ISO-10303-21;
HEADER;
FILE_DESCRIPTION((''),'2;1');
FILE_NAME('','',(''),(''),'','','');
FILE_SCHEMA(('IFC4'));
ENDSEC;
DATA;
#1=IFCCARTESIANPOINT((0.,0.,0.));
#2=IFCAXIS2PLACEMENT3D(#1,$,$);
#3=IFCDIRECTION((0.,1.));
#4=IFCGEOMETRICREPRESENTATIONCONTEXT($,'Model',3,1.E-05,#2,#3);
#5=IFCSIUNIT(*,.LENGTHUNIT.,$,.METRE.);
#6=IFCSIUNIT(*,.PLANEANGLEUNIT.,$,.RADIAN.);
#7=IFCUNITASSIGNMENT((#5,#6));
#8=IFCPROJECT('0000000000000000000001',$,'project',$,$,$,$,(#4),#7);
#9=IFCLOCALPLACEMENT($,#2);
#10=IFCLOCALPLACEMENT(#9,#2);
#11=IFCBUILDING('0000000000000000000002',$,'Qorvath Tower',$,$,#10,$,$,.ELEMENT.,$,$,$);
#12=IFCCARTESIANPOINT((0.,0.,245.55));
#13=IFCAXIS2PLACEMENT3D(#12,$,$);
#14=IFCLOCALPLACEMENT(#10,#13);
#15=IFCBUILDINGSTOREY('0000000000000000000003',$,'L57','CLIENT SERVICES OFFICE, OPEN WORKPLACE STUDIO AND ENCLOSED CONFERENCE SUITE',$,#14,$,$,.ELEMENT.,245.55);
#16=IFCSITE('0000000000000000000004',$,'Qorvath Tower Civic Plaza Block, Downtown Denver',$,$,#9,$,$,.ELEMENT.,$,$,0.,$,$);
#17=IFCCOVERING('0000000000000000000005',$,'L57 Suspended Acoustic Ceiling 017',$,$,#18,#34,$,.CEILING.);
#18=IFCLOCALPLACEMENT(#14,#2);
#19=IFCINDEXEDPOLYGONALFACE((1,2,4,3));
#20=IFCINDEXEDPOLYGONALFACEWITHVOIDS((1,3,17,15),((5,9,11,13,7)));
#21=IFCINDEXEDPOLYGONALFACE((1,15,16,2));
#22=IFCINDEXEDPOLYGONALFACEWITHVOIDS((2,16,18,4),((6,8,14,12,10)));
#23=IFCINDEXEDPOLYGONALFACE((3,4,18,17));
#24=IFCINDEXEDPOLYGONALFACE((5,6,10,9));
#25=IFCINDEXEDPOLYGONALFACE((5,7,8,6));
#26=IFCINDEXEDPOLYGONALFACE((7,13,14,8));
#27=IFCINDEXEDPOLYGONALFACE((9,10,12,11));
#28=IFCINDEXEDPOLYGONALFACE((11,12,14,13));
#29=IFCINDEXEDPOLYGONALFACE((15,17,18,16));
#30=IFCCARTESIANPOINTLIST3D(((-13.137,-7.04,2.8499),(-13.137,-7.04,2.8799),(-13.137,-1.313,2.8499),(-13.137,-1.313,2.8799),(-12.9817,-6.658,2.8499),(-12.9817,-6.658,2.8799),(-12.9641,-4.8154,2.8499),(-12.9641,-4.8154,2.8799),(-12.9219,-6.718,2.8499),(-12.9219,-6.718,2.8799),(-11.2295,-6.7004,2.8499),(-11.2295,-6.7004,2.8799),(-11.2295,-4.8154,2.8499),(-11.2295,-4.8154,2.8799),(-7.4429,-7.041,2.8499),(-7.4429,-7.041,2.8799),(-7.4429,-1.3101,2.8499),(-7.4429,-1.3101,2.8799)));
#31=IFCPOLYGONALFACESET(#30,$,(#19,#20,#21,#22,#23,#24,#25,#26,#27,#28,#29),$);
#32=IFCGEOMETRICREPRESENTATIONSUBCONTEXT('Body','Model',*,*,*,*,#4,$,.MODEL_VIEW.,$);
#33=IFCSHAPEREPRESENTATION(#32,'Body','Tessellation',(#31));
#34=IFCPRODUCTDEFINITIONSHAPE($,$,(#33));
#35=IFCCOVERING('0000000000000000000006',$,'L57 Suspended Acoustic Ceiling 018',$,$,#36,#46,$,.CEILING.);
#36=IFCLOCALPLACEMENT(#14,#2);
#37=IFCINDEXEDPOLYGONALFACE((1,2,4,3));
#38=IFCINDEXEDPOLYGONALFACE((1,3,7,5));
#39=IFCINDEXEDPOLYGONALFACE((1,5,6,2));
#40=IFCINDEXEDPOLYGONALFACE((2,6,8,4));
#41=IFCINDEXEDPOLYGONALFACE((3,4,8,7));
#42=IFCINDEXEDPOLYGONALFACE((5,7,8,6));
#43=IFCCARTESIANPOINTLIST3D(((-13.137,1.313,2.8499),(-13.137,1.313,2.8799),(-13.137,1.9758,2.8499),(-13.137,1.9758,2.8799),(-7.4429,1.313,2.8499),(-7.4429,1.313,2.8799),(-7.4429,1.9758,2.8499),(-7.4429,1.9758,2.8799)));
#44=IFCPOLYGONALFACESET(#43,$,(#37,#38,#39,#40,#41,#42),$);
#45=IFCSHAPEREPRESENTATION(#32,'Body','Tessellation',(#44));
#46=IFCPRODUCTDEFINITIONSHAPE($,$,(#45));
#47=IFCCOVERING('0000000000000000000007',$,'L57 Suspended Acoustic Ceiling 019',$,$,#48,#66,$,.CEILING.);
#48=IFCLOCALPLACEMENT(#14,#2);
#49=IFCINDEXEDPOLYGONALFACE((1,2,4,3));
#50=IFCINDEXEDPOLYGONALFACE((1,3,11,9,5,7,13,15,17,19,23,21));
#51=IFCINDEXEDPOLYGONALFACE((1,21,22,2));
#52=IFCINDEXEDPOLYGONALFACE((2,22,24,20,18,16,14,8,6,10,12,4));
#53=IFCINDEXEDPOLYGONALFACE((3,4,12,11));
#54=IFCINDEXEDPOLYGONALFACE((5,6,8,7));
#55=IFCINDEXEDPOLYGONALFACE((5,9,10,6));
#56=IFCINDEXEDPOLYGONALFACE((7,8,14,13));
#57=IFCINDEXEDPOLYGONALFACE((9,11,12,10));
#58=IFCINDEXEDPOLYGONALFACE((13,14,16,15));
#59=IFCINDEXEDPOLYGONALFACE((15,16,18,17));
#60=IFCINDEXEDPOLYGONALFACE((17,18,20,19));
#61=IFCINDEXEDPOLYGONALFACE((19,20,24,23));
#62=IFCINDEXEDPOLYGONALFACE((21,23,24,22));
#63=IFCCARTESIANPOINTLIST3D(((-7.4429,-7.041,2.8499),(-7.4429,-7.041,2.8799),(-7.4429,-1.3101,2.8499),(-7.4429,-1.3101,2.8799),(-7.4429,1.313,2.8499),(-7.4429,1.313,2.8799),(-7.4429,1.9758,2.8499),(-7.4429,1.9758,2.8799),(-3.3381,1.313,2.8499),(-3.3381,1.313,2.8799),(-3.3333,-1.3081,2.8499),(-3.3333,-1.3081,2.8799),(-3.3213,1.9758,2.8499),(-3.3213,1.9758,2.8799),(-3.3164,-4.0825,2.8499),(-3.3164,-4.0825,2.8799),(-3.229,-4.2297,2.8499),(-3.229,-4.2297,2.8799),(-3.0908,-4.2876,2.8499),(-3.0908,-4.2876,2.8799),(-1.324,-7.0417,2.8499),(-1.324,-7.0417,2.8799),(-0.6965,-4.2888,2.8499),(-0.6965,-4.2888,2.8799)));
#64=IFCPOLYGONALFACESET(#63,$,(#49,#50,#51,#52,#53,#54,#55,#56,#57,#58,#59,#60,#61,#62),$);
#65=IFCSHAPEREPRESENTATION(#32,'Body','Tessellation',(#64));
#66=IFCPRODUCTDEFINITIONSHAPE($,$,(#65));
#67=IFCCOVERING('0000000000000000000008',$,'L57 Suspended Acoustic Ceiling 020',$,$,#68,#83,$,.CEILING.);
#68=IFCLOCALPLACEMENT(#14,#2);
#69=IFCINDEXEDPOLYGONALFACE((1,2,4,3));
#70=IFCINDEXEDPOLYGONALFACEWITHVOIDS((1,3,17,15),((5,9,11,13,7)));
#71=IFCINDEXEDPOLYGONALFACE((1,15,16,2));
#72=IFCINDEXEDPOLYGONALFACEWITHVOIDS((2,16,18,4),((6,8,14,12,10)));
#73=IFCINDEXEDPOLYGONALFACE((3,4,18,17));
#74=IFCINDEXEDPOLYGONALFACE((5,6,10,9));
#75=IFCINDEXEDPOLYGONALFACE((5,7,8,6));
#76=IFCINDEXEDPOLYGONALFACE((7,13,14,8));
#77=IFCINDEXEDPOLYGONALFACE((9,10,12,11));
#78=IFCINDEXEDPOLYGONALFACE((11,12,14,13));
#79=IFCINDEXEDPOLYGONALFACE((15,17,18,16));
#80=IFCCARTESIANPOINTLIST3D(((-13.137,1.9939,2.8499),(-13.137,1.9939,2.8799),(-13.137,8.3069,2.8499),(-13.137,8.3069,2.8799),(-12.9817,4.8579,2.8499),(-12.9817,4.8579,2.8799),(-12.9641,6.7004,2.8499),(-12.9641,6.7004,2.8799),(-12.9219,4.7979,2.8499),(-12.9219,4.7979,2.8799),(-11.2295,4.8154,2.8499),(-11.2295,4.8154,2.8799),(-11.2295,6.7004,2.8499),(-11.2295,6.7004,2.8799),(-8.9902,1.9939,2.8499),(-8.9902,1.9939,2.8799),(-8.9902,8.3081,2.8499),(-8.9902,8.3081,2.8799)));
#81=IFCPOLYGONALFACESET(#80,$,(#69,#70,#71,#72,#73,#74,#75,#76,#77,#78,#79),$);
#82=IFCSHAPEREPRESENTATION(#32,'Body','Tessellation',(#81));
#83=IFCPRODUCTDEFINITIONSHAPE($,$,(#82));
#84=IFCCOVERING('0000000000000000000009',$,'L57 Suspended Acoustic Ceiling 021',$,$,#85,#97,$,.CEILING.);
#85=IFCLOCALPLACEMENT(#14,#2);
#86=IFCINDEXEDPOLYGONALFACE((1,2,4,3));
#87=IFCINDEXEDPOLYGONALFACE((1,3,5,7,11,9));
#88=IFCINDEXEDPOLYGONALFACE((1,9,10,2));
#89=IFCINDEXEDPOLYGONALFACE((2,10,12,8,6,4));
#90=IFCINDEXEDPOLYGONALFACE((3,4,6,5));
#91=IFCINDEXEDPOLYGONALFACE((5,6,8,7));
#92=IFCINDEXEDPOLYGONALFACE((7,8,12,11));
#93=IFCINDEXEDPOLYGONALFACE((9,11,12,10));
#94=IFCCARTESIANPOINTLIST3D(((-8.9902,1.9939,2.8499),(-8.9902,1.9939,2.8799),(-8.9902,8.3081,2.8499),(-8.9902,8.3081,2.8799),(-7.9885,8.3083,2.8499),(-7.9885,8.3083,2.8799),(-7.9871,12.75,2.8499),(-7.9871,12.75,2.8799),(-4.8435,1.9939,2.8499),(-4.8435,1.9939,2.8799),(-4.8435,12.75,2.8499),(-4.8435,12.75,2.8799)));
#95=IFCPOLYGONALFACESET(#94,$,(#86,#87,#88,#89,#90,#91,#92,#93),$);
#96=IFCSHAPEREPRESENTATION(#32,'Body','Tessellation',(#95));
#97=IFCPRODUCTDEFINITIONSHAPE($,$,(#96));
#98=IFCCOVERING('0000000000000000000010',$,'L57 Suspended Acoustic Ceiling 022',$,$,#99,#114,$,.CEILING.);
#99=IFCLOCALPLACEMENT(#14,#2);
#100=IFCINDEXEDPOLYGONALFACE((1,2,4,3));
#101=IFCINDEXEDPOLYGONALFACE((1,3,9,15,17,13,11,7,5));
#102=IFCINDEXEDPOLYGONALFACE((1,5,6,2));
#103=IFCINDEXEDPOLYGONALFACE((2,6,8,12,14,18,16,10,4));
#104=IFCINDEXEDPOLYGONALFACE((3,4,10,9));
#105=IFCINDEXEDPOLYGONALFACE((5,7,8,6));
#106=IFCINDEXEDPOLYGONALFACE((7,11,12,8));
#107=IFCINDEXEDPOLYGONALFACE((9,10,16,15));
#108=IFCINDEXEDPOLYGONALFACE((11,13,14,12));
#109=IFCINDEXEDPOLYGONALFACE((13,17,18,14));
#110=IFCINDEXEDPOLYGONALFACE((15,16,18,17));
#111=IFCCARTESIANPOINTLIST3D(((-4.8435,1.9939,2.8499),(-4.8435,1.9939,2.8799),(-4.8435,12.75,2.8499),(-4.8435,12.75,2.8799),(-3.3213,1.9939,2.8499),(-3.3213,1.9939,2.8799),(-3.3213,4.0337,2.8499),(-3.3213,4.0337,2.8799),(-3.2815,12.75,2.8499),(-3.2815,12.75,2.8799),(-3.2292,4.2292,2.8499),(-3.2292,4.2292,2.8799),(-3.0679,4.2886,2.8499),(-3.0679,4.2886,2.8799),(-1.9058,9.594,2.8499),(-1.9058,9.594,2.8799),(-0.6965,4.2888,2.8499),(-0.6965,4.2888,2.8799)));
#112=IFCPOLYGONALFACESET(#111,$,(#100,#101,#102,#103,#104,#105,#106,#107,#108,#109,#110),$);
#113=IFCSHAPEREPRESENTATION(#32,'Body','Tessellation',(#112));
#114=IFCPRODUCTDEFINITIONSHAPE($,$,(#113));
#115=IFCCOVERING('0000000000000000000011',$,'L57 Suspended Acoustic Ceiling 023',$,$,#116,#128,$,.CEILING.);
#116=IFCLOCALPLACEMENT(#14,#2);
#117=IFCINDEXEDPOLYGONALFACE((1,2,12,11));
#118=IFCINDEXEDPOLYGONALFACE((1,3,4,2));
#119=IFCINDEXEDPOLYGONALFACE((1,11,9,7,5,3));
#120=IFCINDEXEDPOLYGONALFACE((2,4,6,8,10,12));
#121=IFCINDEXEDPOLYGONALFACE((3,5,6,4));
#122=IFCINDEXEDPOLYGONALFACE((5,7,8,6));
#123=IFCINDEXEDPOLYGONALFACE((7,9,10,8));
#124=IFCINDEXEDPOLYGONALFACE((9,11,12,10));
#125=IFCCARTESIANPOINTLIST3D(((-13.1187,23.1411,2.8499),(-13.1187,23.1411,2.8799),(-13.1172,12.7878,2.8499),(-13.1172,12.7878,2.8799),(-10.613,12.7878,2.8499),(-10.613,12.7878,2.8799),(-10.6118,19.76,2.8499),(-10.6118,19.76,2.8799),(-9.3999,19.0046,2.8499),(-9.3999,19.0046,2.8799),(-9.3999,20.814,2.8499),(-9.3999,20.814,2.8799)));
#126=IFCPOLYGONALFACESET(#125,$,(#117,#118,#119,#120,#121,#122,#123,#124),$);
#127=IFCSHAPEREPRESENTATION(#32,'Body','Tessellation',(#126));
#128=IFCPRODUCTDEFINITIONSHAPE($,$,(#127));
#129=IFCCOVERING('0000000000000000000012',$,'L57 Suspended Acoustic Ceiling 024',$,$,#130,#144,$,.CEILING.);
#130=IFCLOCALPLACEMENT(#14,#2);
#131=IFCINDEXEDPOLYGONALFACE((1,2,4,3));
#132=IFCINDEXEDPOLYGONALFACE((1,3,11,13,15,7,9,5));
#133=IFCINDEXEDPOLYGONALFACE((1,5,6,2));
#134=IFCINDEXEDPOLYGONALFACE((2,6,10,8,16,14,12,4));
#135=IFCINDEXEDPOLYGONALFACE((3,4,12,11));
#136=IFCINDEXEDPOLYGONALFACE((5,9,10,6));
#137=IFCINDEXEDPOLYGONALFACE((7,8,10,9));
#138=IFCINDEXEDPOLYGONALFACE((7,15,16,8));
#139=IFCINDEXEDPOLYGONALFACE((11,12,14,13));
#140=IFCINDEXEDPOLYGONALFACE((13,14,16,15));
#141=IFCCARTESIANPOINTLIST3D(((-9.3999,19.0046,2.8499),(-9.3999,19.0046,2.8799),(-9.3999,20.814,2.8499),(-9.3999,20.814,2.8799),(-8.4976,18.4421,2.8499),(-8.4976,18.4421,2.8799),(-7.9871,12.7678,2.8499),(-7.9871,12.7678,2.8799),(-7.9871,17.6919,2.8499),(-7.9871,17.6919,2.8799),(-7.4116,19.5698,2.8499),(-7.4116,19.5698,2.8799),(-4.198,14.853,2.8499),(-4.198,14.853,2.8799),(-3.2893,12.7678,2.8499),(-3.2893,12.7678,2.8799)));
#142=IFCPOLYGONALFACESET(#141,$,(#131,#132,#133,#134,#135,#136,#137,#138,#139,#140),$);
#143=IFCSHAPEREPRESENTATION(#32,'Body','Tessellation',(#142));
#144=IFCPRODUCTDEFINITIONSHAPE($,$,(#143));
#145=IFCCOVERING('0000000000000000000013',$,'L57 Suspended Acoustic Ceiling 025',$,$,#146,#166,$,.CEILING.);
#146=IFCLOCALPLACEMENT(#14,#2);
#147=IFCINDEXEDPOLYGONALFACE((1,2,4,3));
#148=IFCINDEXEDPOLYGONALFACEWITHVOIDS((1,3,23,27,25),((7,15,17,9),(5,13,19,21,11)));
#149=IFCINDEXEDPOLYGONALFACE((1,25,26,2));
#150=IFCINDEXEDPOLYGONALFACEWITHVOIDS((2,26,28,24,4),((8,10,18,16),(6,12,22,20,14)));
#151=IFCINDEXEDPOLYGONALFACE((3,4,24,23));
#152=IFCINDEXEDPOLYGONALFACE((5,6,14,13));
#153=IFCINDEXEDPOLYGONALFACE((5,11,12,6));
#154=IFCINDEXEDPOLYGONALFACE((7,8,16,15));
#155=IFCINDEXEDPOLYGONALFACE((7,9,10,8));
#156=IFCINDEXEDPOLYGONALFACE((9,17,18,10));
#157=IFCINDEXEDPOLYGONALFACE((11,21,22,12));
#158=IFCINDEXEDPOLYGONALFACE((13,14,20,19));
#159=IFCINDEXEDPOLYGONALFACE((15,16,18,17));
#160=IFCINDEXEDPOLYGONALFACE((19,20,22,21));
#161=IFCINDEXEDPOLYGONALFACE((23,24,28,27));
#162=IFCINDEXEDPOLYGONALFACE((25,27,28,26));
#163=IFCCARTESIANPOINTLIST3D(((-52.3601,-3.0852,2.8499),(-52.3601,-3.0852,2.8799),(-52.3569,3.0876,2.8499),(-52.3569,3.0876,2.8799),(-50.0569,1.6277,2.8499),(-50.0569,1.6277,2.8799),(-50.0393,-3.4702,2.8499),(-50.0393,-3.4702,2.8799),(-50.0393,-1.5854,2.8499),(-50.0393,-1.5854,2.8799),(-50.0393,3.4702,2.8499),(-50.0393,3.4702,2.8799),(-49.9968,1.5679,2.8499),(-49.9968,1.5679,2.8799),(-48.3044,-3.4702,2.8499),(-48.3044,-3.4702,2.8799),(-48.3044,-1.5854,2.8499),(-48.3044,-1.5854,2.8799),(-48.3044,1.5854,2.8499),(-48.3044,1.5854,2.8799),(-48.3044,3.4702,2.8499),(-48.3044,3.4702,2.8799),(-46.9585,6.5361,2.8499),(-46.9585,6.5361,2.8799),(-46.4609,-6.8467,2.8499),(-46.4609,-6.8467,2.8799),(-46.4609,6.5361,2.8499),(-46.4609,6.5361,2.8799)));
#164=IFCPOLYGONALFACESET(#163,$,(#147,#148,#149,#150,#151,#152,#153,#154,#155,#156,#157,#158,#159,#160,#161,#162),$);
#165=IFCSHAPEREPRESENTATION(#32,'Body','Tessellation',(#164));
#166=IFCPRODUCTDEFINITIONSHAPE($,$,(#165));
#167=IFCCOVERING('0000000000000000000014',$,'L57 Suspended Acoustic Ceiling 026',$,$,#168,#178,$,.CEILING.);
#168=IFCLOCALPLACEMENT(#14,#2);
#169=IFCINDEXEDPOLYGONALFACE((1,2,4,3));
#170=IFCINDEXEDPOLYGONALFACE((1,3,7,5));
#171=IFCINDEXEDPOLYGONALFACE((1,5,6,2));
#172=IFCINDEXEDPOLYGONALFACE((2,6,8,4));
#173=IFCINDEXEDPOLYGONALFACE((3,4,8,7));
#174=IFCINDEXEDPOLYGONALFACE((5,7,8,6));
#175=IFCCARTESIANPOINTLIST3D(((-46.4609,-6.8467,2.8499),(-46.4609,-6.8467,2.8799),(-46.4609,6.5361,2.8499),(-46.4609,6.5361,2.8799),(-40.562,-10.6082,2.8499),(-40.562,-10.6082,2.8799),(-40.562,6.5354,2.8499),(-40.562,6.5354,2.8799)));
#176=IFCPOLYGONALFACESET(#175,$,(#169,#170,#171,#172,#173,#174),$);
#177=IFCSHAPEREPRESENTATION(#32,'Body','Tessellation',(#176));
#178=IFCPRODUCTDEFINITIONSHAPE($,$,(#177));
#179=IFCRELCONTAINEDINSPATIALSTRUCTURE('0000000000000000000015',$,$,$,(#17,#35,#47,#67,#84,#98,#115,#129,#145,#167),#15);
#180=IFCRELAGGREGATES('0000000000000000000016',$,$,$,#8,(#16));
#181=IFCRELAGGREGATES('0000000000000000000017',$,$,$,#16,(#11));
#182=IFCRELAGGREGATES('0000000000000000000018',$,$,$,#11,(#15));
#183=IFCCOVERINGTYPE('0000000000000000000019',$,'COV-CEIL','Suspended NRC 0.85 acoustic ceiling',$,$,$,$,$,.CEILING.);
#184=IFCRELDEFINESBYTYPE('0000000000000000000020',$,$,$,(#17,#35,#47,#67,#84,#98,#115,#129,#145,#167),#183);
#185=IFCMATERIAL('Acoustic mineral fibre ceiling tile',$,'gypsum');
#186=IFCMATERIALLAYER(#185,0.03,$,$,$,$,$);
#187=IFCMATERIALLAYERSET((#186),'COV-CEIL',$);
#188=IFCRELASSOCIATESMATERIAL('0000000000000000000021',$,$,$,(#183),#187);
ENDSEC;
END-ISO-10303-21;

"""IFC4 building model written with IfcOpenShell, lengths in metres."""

from ifc_helpers import new_model, si_unit, direction, frame, origin, place, context, subcontext, project, spatial, polyline, outline, extrude, material, layer, layer_set, type_object, element, save


model = new_model("IFC4")

# Units and contexts
model_context = context("Model", 3, precision=1e-05, world=origin(), true_north=direction((0.0, 1.0)))
body_context = subcontext(model_context, "Body", "Model", "MODEL_VIEW")
ifc_project = project(units=[si_unit("LENGTHUNIT", "METRE"), si_unit("PLANEANGLEUNIT", "RADIAN")], contexts=[model_context])

# Site, building, storey
site_placement = place(None, origin())
site = spatial("IfcSite", under=ifc_project, at=site_placement, Name="Qorvath Tower Civic Plaza Block, Downtown Denver", CompositionType="ELEMENT", RefElevation=0.0)
building_placement = place(site_placement, origin())
building = spatial("IfcBuilding", under=site, at=building_placement, Name="Qorvath Tower", CompositionType="ELEMENT")
storey_placement = place(building_placement, frame((0.0, 0.0, 245.55)))
storey = spatial("IfcBuildingStorey", under=building, at=storey_placement, Name="L57", Description="CLIENT SERVICES OFFICE, OPEN WORKPLACE STUDIO AND ENCLOSED CONFERENCE SUITE", CompositionType="ELEMENT", Elevation=245.55)

# Coverings
ifc_material_1 = material(Name="Acoustic mineral fibre ceiling tile", Category="gypsum")
ifc_layer_1 = layer(ifc_material_1, 0.03)
ifc_layer_set_1 = layer_set([ifc_layer_1], Name="COV-CEIL")
covering_type_1 = type_object("IfcCoveringType", Name="COV-CEIL", Description="Suspended NRC 0.85 acoustic ceiling", PredefinedType="CEILING", material=ifc_layer_set_1)
covering_1_placement = place(storey_placement, frame((0.0, 0.0, 2.8499)))
element("IfcCovering", 1, at=covering_1_placement, inside=storey, type_object=covering_type_1, Name="L57 Suspended Acoustic Ceiling 017", PredefinedType="CEILING", context=body_context, shape_type="SweptSolid", body=[
    extrude(outline(polyline([(-7.4429, -7.041), (-7.4429, -1.3101), (-13.137, -1.313), (-13.137, -7.04), (-7.4429, -7.041)]), holes=[polyline([(-12.9817, -6.658), (-12.9641, -4.8154), (-11.2295, -4.8154), (-11.2295, -6.7004), (-12.9219, -6.718), (-12.9817, -6.658)])]), origin(), (0.0, 0.0, 1.0), 0.03),
])
covering_2_placement = place(storey_placement, frame((0.0, 0.0, 2.8499)))
element("IfcCovering", 2, at=covering_2_placement, inside=storey, type_object=covering_type_1, Name="L57 Suspended Acoustic Ceiling 018", PredefinedType="CEILING", context=body_context, shape_type="SweptSolid", body=[
    extrude(outline(polyline([(-7.4429, 1.313), (-7.4429, 1.9758), (-13.137, 1.9758), (-13.137, 1.313), (-7.4429, 1.313)])), origin(), (0.0, 0.0, 1.0), 0.03),
])
covering_3_placement = place(storey_placement, frame((0.0, 0.0, 2.8499)))
element("IfcCovering", 3, at=covering_3_placement, inside=storey, type_object=covering_type_1, Name="L57 Suspended Acoustic Ceiling 019", PredefinedType="CEILING", context=body_context, shape_type="SweptSolid", body=[
    extrude(outline(polyline([(-3.229, -4.2297), (-3.3164, -4.0825), (-3.3213, 1.9758), (-7.4429, 1.9758), (-7.4429, 1.313), (-3.3381, 1.313), (-3.3333, -1.3081), (-7.4429, -1.3101), (-7.4429, -7.041), (-1.324, -7.0417), (-0.6965, -4.2888), (-3.0908, -4.2876), (-3.229, -4.2297)])), origin(), (0.0, 0.0, 1.0), 0.03),
])
covering_4_placement = place(storey_placement, frame((0.0, 0.0, 2.8499)))
element("IfcCovering", 4, at=covering_4_placement, inside=storey, type_object=covering_type_1, Name="L57 Suspended Acoustic Ceiling 020", PredefinedType="CEILING", context=body_context, shape_type="SweptSolid", body=[
    extrude(outline(polyline([(-8.9902, 1.9939), (-8.9902, 8.3081), (-13.137, 8.3069), (-13.137, 1.9939), (-8.9902, 1.9939)]), holes=[polyline([(-12.9817, 4.8579), (-12.9641, 6.7004), (-11.2295, 6.7004), (-11.2295, 4.8154), (-12.9219, 4.7979), (-12.9817, 4.8579)])]), origin(), (0.0, 0.0, 1.0), 0.03),
])
covering_5_placement = place(storey_placement, frame((0.0, 0.0, 2.8499)))
element("IfcCovering", 5, at=covering_5_placement, inside=storey, type_object=covering_type_1, Name="L57 Suspended Acoustic Ceiling 021", PredefinedType="CEILING", context=body_context, shape_type="SweptSolid", body=[
    extrude(outline(polyline([(-4.8435, 1.9939), (-4.8435, 12.75), (-7.9871, 12.75), (-7.9885, 8.3083), (-8.9902, 8.3081), (-8.9902, 1.9939), (-4.8435, 1.9939)])), origin(), (0.0, 0.0, 1.0), 0.03),
])
covering_6_placement = place(storey_placement, frame((0.0, 0.0, 2.8499)))
element("IfcCovering", 6, at=covering_6_placement, inside=storey, type_object=covering_type_1, Name="L57 Suspended Acoustic Ceiling 022", PredefinedType="CEILING", context=body_context, shape_type="SweptSolid", body=[
    extrude(outline(polyline([(-3.0679, 4.2886), (-0.6965, 4.2888), (-1.9058, 9.594), (-3.2815, 12.75), (-4.8435, 12.75), (-4.8435, 1.9939), (-3.3213, 1.9939), (-3.3213, 4.0337), (-3.2292, 4.2292), (-3.0679, 4.2886)])), origin(), (0.0, 0.0, 1.0), 0.03),
])
covering_7_placement = place(storey_placement, frame((0.0, 0.0, 2.8499)))
element("IfcCovering", 7, at=covering_7_placement, inside=storey, type_object=covering_type_1, Name="L57 Suspended Acoustic Ceiling 023", PredefinedType="CEILING", context=body_context, shape_type="SweptSolid", body=[
    extrude(outline(polyline([(-9.3999, 19.0046), (-9.3999, 20.814), (-13.1187, 23.1411), (-13.1172, 12.7878), (-10.613, 12.7878), (-10.6118, 19.76), (-9.3999, 19.0046)])), origin(), (0.0, 0.0, 1.0), 0.03),
])
covering_8_placement = place(storey_placement, frame((0.0, 0.0, 2.8499)))
element("IfcCovering", 8, at=covering_8_placement, inside=storey, type_object=covering_type_1, Name="L57 Suspended Acoustic Ceiling 024", PredefinedType="CEILING", context=body_context, shape_type="SweptSolid", body=[
    extrude(outline(polyline([(-7.9871, 17.6919), (-7.9871, 12.7678), (-3.2893, 12.7678), (-4.198, 14.853), (-7.4116, 19.5698), (-9.3999, 20.814), (-9.3999, 19.0046), (-8.4976, 18.4421), (-7.9871, 17.6919)])), origin(), (0.0, 0.0, 1.0), 0.03),
])
covering_9_placement = place(storey_placement, frame((0.0, 0.0, 2.8499)))
element("IfcCovering", 9, at=covering_9_placement, inside=storey, type_object=covering_type_1, Name="L57 Suspended Acoustic Ceiling 025", PredefinedType="CEILING", context=body_context, shape_type="SweptSolid", body=[
    extrude(outline(polyline([(-52.3569, 3.0876), (-52.3601, -3.0852), (-46.4609, -6.8467), (-46.4609, 6.5361), (-46.9585, 6.5361), (-52.3569, 3.0876)]), holes=[polyline([(-50.0569, 1.6277), (-50.0393, 3.4702), (-48.3044, 3.4702), (-48.3044, 1.5854), (-49.9968, 1.5679), (-50.0569, 1.6277)]), polyline([(-50.0393, -3.4702), (-50.0393, -1.5854), (-48.3044, -1.5854), (-48.3044, -3.4702), (-50.0393, -3.4702)])]), origin(), (0.0, 0.0, 1.0), 0.03),
])
covering_10_placement = place(storey_placement, frame((0.0, 0.0, 2.8499)))
element("IfcCovering", 10, at=covering_10_placement, inside=storey, type_object=covering_type_1, Name="L57 Suspended Acoustic Ceiling 026", PredefinedType="CEILING", context=body_context, shape_type="SweptSolid", body=[
    extrude(outline(polyline([(-46.4609, 6.5361), (-46.4609, -6.8467), (-40.562, -10.6082), (-40.562, 6.5354), (-46.4609, 6.5361)])), origin(), (0.0, 0.0, 1.0), 0.03),
])

save(model, "model.ifc")
